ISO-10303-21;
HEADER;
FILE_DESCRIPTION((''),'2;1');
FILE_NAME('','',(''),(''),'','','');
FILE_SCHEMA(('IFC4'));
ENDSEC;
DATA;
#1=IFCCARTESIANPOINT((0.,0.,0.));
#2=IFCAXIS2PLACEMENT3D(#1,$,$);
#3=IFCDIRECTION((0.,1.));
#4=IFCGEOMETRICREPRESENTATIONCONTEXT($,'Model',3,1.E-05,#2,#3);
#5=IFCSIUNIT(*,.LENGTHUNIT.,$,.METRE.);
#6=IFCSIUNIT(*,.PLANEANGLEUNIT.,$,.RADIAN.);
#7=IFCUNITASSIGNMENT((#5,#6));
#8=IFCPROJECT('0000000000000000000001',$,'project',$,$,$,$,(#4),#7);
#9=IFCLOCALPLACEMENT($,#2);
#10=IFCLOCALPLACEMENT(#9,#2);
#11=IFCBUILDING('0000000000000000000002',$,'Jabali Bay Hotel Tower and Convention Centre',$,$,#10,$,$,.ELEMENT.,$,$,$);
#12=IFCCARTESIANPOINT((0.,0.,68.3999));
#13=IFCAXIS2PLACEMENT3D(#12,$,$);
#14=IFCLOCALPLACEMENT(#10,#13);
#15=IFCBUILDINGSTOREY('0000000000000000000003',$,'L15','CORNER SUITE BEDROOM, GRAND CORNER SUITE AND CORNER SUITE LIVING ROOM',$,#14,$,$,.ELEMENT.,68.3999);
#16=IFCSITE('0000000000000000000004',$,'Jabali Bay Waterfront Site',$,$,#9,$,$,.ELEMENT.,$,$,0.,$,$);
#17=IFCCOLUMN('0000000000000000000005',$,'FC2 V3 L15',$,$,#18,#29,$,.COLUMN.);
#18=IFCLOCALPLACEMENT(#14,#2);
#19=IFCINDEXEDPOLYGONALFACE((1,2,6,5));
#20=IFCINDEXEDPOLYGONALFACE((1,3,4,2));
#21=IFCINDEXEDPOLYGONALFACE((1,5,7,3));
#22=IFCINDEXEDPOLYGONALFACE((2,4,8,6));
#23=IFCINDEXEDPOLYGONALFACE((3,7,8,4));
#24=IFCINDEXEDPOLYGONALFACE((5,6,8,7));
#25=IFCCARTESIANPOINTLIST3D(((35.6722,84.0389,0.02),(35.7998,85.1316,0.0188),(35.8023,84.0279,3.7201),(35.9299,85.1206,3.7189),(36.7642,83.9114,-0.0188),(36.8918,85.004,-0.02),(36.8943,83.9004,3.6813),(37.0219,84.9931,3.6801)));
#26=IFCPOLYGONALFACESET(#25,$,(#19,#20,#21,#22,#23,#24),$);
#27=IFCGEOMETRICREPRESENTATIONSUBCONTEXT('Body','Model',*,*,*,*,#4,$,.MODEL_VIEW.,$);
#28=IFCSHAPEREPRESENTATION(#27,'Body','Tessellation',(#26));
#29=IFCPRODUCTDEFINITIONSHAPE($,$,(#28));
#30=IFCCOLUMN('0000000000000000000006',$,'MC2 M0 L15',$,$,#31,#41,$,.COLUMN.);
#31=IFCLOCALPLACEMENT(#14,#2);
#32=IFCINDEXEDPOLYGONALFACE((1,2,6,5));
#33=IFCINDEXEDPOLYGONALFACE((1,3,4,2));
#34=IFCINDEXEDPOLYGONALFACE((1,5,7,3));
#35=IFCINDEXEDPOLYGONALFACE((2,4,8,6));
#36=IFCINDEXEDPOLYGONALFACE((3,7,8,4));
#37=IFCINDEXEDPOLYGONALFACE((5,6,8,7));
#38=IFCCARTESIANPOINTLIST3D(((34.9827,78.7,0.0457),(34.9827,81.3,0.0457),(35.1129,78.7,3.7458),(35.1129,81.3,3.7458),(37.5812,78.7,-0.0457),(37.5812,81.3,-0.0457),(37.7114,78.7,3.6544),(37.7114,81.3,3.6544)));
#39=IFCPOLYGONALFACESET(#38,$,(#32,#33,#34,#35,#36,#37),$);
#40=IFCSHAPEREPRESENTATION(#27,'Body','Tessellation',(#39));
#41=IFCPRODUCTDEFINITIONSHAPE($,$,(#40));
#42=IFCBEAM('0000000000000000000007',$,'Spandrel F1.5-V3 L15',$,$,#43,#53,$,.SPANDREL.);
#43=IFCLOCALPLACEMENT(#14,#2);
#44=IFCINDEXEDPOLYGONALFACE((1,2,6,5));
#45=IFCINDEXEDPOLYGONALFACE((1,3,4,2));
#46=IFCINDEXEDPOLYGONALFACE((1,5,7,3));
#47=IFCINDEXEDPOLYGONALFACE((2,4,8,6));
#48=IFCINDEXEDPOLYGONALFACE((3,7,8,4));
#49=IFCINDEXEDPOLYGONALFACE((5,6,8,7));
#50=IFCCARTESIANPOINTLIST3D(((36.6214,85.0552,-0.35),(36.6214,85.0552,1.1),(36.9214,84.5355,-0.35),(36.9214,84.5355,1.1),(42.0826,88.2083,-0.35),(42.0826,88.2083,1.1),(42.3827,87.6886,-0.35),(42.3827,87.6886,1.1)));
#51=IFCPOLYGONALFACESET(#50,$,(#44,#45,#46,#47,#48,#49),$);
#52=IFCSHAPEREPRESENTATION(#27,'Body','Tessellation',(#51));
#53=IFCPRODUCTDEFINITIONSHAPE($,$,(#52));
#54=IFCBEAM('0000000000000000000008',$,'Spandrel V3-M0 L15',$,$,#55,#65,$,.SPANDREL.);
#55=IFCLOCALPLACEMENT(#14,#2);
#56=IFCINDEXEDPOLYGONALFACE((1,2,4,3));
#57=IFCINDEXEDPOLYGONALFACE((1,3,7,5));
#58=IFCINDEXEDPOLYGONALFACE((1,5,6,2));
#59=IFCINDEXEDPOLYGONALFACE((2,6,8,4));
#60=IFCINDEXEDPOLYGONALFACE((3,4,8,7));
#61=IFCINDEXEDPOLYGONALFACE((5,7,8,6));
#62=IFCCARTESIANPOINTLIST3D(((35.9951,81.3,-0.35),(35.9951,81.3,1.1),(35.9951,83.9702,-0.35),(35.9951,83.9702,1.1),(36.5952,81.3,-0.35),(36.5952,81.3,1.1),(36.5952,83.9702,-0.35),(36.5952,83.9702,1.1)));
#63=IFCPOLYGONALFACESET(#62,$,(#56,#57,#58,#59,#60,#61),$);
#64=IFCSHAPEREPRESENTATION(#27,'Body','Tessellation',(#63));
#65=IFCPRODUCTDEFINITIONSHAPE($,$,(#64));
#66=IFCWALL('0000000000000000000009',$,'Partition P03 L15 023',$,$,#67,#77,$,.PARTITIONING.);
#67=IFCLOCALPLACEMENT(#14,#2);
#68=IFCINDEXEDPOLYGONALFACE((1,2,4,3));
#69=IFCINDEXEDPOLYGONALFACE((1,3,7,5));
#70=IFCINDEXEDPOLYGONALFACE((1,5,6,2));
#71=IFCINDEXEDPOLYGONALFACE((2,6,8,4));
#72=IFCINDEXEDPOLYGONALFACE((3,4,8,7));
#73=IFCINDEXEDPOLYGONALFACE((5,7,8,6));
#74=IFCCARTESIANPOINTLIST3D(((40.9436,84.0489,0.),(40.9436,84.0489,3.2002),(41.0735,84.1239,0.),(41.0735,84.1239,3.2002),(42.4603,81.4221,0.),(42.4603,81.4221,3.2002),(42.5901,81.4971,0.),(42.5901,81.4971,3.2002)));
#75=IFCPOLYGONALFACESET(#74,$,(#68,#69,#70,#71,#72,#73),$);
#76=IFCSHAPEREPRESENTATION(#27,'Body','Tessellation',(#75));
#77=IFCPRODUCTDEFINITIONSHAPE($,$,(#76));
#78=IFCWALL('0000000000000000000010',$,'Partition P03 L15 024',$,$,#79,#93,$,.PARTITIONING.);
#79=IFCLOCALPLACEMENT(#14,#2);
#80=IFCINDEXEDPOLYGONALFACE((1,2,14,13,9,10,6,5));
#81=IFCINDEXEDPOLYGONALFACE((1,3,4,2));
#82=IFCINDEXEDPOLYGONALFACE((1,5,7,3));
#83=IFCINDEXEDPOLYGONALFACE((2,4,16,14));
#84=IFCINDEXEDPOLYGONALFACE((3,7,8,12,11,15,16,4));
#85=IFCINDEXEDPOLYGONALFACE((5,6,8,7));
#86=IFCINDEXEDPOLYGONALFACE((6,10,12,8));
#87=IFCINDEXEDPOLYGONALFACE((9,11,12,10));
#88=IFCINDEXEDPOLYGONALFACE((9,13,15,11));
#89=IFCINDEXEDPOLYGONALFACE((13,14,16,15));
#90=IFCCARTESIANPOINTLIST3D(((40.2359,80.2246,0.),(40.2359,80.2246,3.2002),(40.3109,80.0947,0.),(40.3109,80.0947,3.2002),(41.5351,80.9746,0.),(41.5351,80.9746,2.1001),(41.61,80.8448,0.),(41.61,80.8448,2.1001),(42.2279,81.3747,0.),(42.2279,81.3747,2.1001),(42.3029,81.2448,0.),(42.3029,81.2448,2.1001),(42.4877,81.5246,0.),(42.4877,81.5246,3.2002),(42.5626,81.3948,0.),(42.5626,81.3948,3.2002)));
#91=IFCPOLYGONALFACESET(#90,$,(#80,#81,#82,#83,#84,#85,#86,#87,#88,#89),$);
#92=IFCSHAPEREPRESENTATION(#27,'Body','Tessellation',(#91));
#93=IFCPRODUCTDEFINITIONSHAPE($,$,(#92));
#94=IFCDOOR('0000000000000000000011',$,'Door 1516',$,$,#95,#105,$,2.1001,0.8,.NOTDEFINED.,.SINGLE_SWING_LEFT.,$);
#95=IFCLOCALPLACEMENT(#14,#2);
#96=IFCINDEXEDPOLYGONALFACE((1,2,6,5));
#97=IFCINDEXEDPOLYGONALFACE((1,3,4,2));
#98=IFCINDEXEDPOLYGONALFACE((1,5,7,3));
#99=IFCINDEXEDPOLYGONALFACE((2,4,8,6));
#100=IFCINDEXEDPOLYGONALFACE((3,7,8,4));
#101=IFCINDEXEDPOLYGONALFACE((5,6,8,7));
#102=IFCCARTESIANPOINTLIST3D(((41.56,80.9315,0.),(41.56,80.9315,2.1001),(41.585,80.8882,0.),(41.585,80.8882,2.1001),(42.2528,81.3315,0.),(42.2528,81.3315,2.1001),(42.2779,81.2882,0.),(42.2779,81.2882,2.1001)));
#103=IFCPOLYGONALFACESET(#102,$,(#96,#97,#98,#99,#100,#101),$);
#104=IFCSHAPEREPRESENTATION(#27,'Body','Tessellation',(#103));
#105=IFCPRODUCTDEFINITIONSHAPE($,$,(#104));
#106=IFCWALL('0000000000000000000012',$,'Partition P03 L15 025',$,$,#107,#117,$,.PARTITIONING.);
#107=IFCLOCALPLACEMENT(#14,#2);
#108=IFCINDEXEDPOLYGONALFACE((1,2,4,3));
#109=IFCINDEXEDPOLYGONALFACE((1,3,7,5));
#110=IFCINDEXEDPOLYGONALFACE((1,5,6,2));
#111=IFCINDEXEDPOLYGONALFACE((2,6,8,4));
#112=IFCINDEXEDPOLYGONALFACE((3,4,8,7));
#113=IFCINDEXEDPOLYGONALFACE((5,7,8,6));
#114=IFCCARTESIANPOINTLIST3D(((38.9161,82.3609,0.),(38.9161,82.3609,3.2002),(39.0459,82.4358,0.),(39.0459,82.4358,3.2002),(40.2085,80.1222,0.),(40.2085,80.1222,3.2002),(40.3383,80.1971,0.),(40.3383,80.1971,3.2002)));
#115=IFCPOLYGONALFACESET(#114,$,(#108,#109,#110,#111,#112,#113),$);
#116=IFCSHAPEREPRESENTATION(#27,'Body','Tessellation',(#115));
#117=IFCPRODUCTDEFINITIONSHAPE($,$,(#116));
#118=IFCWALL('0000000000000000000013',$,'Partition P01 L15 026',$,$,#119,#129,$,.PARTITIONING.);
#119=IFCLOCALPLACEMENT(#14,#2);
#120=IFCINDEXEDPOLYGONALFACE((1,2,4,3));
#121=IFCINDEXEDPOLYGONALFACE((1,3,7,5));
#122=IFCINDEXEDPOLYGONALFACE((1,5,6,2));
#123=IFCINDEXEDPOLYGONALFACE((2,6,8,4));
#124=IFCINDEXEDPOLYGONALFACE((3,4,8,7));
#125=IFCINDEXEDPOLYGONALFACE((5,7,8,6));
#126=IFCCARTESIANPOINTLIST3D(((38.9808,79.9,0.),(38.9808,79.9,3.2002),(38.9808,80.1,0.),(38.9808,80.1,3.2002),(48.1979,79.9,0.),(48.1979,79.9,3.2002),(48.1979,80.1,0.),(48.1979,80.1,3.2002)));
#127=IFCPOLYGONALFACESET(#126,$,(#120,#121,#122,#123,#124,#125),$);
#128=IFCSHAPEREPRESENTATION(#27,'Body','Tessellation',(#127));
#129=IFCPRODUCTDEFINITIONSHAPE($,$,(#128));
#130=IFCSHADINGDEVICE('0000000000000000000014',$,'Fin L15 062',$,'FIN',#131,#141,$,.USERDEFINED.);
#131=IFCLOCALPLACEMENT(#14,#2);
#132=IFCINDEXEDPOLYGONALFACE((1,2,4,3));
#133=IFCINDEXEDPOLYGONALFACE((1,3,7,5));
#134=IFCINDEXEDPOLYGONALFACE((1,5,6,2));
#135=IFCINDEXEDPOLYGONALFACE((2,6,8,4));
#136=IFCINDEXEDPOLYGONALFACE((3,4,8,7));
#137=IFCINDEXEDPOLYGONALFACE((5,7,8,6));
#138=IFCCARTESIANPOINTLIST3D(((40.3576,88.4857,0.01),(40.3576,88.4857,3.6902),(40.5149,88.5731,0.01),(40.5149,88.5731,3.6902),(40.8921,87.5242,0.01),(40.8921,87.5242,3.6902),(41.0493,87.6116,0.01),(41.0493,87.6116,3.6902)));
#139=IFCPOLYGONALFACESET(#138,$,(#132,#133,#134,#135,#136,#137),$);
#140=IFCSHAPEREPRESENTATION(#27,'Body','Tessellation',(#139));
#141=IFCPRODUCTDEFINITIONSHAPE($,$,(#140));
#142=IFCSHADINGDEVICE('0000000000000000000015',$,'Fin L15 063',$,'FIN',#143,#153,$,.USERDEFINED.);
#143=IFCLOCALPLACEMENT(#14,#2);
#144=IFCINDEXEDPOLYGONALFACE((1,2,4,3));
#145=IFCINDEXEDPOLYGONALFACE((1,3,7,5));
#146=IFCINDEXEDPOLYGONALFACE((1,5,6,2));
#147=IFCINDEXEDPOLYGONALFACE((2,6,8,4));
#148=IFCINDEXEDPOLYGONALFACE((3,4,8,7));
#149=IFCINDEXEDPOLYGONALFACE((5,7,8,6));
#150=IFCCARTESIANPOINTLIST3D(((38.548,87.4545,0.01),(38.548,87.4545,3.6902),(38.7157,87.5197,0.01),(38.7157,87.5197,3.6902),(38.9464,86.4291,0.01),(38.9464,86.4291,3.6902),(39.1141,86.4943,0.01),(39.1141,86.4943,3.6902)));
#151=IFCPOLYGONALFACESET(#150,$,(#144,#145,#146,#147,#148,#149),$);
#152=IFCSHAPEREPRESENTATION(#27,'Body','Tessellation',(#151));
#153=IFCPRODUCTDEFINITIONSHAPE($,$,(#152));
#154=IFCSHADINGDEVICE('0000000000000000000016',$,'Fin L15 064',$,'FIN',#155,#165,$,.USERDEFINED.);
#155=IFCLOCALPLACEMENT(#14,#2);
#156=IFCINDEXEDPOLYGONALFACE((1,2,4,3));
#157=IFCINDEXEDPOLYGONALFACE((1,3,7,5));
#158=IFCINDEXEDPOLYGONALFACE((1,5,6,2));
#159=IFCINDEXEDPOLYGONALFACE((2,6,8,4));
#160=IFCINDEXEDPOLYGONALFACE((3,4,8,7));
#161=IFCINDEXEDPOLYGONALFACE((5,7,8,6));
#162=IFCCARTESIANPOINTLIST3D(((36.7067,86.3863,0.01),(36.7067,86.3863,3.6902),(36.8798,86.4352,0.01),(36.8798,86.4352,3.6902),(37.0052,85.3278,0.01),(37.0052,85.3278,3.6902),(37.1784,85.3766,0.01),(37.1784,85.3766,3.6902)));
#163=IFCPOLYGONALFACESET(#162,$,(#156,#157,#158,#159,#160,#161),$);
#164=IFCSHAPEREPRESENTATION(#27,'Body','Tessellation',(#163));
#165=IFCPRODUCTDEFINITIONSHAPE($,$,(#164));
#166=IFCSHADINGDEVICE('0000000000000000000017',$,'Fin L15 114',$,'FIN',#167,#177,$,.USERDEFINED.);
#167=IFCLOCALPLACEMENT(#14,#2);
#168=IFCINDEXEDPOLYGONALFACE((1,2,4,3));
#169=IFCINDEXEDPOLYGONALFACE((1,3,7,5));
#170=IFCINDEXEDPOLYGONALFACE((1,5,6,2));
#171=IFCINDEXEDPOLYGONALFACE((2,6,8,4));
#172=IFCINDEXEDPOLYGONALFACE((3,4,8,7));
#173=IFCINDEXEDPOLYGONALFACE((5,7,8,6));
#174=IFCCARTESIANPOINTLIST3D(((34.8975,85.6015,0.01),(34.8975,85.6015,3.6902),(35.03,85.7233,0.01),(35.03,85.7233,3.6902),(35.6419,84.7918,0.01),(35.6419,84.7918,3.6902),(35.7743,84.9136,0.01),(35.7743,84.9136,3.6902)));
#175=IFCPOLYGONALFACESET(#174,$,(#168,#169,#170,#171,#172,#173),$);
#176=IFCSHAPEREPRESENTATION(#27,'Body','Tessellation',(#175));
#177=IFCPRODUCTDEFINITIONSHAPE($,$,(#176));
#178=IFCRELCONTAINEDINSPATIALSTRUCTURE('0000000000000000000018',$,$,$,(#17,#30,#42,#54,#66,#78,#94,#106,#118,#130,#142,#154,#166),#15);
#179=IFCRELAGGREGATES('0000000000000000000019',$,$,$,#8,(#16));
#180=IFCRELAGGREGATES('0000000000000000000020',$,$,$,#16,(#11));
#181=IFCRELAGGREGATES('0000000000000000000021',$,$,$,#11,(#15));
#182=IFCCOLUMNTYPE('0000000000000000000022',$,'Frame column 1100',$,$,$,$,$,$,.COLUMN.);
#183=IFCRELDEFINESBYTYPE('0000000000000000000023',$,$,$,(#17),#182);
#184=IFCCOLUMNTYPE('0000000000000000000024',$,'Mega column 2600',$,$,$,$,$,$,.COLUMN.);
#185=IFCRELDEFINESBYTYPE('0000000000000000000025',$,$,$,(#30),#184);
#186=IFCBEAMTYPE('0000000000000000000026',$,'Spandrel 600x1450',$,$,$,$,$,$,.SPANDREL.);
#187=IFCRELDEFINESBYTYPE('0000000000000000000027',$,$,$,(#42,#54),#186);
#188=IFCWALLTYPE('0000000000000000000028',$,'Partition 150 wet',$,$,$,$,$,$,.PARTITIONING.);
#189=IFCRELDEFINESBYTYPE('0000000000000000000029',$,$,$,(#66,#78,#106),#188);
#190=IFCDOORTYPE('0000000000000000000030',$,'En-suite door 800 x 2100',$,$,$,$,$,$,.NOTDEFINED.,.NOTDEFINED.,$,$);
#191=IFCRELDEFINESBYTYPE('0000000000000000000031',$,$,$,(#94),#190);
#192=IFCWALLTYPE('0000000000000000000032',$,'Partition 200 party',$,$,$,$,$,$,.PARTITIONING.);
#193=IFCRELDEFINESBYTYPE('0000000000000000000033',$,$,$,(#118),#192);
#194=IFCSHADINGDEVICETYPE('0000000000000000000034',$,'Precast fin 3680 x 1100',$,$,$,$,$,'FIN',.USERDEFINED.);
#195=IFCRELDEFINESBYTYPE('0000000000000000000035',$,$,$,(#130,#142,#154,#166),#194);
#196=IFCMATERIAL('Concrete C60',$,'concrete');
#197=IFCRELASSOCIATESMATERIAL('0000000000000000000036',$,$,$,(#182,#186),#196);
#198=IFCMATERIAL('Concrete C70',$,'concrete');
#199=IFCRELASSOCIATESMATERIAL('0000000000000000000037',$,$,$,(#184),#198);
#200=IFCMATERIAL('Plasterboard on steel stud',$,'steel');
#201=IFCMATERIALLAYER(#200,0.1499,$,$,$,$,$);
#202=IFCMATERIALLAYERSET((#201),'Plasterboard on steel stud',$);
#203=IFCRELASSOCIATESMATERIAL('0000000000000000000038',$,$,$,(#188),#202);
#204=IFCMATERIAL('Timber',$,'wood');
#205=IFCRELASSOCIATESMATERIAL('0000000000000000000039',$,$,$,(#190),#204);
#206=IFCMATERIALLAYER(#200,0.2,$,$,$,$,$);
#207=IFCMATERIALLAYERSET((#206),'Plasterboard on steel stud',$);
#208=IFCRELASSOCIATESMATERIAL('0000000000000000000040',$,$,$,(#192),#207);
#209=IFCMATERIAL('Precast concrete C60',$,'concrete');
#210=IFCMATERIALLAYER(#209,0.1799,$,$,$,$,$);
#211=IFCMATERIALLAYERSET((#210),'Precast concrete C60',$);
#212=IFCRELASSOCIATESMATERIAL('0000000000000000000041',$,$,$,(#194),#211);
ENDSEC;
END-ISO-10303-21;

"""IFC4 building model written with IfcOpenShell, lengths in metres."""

from ifc_helpers import new_model, si_unit, direction, frame, frame_2d, origin, origin_2d, place, context, subcontext, project, spatial, rectangle, extrude, material, layer, layer_set, material_profile, profile_set, type_object, element, fill, save


model = new_model("IFC4")

# Units and contexts
model_context = context("Model", 3, precision=1e-05, world=origin(), true_north=direction((0.0, 1.0)))
body_context = subcontext(model_context, "Body", "Model", "MODEL_VIEW")
ifc_project = project(units=[si_unit("LENGTHUNIT", "METRE"), si_unit("PLANEANGLEUNIT", "RADIAN")], contexts=[model_context])

# Site, building, storey
site_placement = place(None, origin())
site = spatial("IfcSite", under=ifc_project, at=site_placement, Name="Jabali Bay Waterfront Site", CompositionType="ELEMENT", RefElevation=0.0)
building_placement = place(site_placement, origin())
building = spatial("IfcBuilding", under=site, at=building_placement, Name="Jabali Bay Hotel Tower and Convention Centre", CompositionType="ELEMENT")
storey_placement = place(building_placement, frame((0.0, 0.0, 68.3999)))
storey = spatial("IfcBuildingStorey", under=building, at=storey_placement, Name="L15", Description="CORNER SUITE BEDROOM, GRAND CORNER SUITE AND CORNER SUITE LIVING ROOM", CompositionType="ELEMENT", Elevation=68.3999)

# Columns
ifc_material_1 = material(Name="Concrete C60", Category="concrete")
ifc_material_profile_1 = material_profile(ifc_material_1, rectangle(XDim=1.1001, YDim=1.1001, at=origin_2d()), Name="Frame column 1100")
ifc_profile_set_1 = profile_set([ifc_material_profile_1], Name="Concrete C60")
column_type_1 = type_object("IfcColumnType", Name="Frame column 1100", PredefinedType="COLUMN", material=ifc_profile_set_1)
column_1_placement = place(storey_placement, frame((36.282, 84.5215, 0.0), z_axis=(0.035146, -0.002967, 0.999378), x_axis=(-0.992631, 0.115939, 0.035253)))
element("IfcColumn", 1, at=column_1_placement, inside=storey, type_object=column_type_1, Name="FC2 V3 L15", PredefinedType="COLUMN", context=body_context, shape_type="SweptSolid", body=[
    extrude(rectangle(XDim=1.1001, YDim=1.1001, at=origin_2d()), origin(), (0.0, 0.0, 1.0), 3.7024),
])
ifc_material_2 = material(Name="Concrete C70", Category="concrete")
ifc_material_profile_2 = material_profile(ifc_material_2, rectangle(XDim=2.6001, YDim=2.6001, at=origin_2d()), Name="Mega column 2600")
ifc_profile_set_2 = profile_set([ifc_material_profile_2], Name="Concrete C70")
column_type_2 = type_object("IfcColumnType", Name="Mega column 2600", PredefinedType="COLUMN", material=ifc_profile_set_2)
column_2_placement = place(storey_placement, frame((36.282, 80.0, 0.0), z_axis=(0.035146, 0.0, 0.999382), x_axis=(0.0, 1.0, 0.0)))
element("IfcColumn", 2, at=column_2_placement, inside=storey, type_object=column_type_2, Name="MC2 M0 L15", PredefinedType="COLUMN", context=body_context, shape_type="SweptSolid", body=[
    extrude(rectangle(XDim=2.6001, YDim=2.6001, at=origin_2d()), origin(), (0.0, 0.0, 1.0), 3.7024),
])

# Beams
ifc_material_profile_3 = material_profile(ifc_material_1, rectangle(XDim=0.6001, YDim=1.45, at=origin_2d()), Name="Spandrel 600x1450")
ifc_profile_set_3 = profile_set([ifc_material_profile_3], Name="Concrete C60")
beam_type = type_object("IfcBeamType", Name="Spandrel 600x1450", PredefinedType="SPANDREL", material=ifc_profile_set_3)
beam_1_placement = place(storey_placement, frame((42.2327, 87.9485, 0.375), z_axis=(-0.866021, -0.500007, 0.0), x_axis=(0.500007, -0.866021, 0.0)))
element("IfcBeam", 3, at=beam_1_placement, inside=storey, type_object=beam_type, Name="Spandrel F1.5-V3 L15", PredefinedType="SPANDREL", context=body_context, shape_type="SweptSolid", body=[
    extrude(rectangle(XDim=0.6001, YDim=1.45, at=origin_2d()), origin(), (0.0, 0.0, 1.0), 6.3062),
])
beam_2_placement = place(storey_placement, frame((36.2952, 83.9702, 0.375), z_axis=(0.0, -1.0, 0.0), x_axis=(1.0, 0.0, 0.0)))
element("IfcBeam", 4, at=beam_2_placement, inside=storey, type_object=beam_type, Name="Spandrel V3-M0 L15", PredefinedType="SPANDREL", context=body_context, shape_type="SweptSolid", body=[
    extrude(rectangle(XDim=0.6001, YDim=1.45, at=origin_2d()), origin(), (0.0, 0.0, 1.0), 2.6702),
])

# Wall
ifc_material_3 = material(Name="Plasterboard on steel stud", Category="steel")
ifc_layer_1 = layer(ifc_material_3, 0.1499)
ifc_layer_set_1 = layer_set([ifc_layer_1], Name="Plasterboard on steel stud")
wall_type_1 = type_object("IfcWallType", Name="Partition 150 wet", PredefinedType="PARTITIONING", material=ifc_layer_set_1)
wall_1_placement = place(storey_placement, frame((41.0085, 84.0864, 0.0), z_axis=(0.0, 0.0, 1.0), x_axis=(0.500017, -0.866015, 0.0)))
element("IfcWall", 5, at=wall_1_placement, inside=storey, type_object=wall_type_1, Name="Partition P03 L15 023", PredefinedType="PARTITIONING", context=body_context, shape_type="SweptSolid", body=[
    extrude(rectangle(XDim=3.0332, YDim=0.1499, at=frame_2d((1.5166, 0.0))), origin(), (0.0, 0.0, 1.0), 3.2002),
])

# Wall, opening, door
wall_2_placement = place(storey_placement, frame((42.5251, 81.4597, 0.0), z_axis=(0.0, 0.0, 1.0), x_axis=(-0.866021, -0.500007, 0.0)))
wall_2 = element("IfcWall", 6, at=wall_2_placement, inside=storey, type_object=wall_type_1, Name="Partition P03 L15 024", PredefinedType="PARTITIONING", context=body_context, shape_type="SweptSolid", body=[
    extrude(rectangle(XDim=2.6001, YDim=0.1499, at=frame_2d((1.3, 0.0))), origin(), (0.0, 0.0, 1.0), 3.2002),
])
opening_1_placement = place(wall_2_placement, frame((0.3, 0.0, 0.0)))
opening_1 = element("IfcOpeningElement", 7, at=opening_1_placement, cuts=wall_2, PredefinedType="OPENING", context=body_context, shape_type="SweptSolid", body=[
    extrude(rectangle(XDim=0.8, YDim=2.1001, at=frame_2d((0.3999, 1.05))), frame((0.0, 0.0854, 0.0), z_axis=(0.0, -1.0, 0.0), x_axis=(1.0, 0.0, 0.0)), (0.0, 0.0, 1.0), 0.1709),
])
ifc_material_4 = material(Name="Timber", Category="wood")
door_type_1 = type_object("IfcDoorType", Name="En-suite door 800 x 2100", OperationType="NOTDEFINED", PredefinedType="NOTDEFINED", material=ifc_material_4)
door_1_placement = place(opening_1_placement, origin())
door_1 = element("IfcDoor", 8, at=door_1_placement, inside=storey, type_object=door_type_1, Name="Door 1516", OperationType="SINGLE_SWING_LEFT", OverallHeight=2.1001, OverallWidth=0.8, PredefinedType="NOTDEFINED", context=body_context, shape_type="SweptSolid", body=[
    extrude(rectangle(XDim=0.8, YDim=2.1001, at=frame_2d((0.3999, 1.05))), frame((0.0, 0.0249, 0.0), z_axis=(0.0, -1.0, 0.0), x_axis=(1.0, 0.0, 0.0)), (0.0, 0.0, 1.0), 0.05),
])
fill(opening_1, door_1)

# Walls
wall_3_placement = place(storey_placement, frame((40.2734, 80.1597, 0.0), z_axis=(0.0, 0.0, 1.0), x_axis=(-0.499979, 0.866038, 0.0)))
element("IfcWall", 9, at=wall_3_placement, inside=storey, type_object=wall_type_1, Name="Partition P03 L15 025", PredefinedType="PARTITIONING", context=body_context, shape_type="SweptSolid", body=[
    extrude(rectangle(XDim=2.585, YDim=0.1499, at=frame_2d((1.2925, 0.0))), origin(), (0.0, 0.0, 1.0), 3.2002),
])
ifc_layer_2 = layer(ifc_material_3, 0.2)
ifc_layer_set_2 = layer_set([ifc_layer_2], Name="Plasterboard on steel stud")
wall_type_2 = type_object("IfcWallType", Name="Partition 200 party", PredefinedType="PARTITIONING", material=ifc_layer_set_2)
wall_4_placement = place(storey_placement, frame((38.981, 80.0, 0.0), z_axis=(0.0, 0.0, 1.0), x_axis=(1.0, 0.0, 0.0)))
element("IfcWall", 10, at=wall_4_placement, inside=storey, type_object=wall_type_2, Name="Partition P01 L15 026", PredefinedType="PARTITIONING", context=body_context, shape_type="SweptSolid", body=[
    extrude(rectangle(XDim=9.217, YDim=0.2, at=frame_2d((4.6084, 0.0))), origin(), (0.0, 0.0, 1.0), 3.2002),
])

# Shading devices
ifc_material_5 = material(Name="Precast concrete C60", Category="concrete")
ifc_layer_3 = layer(ifc_material_5, 0.1799)
ifc_layer_set_3 = layer_set([ifc_layer_3], Name="Precast concrete C60")
shading_device_type_1 = type_object("IfcShadingDeviceType", Name="Precast fin 3680 x 1100", ElementType="FIN", PredefinedType="USERDEFINED", material=ifc_layer_set_3)
for number, where, z_axis, x_axis, name in (
    (11, (40.9707, 87.5679, 0.01), (0.0, 0.0, 1.0), (-0.48585, 0.874042, 0.0), "Fin L15 062"),
    (12, (39.0303, 86.4617, 0.01), (0.0, 0.0, 1.0), (-0.362189, 0.932105, 0.0), "Fin L15 063"),
):
    element("IfcShadingDevice", number, at=place(storey_placement, frame(where, z_axis=z_axis, x_axis=x_axis)), inside=storey, type_object=shading_device_type_1, Name=name, ObjectType="FIN", PredefinedType="USERDEFINED", context=body_context, shape_type="SweptSolid", body=[
        extrude(rectangle(XDim=1.1001, YDim=0.1799, at=frame_2d((0.55, 0.0))), origin(), (0.0, 0.0, 1.0), 3.6802),
    ])
for number, where, z_axis, x_axis, name in (
    (13, (37.0918, 85.3523, 0.01), (0.0, 0.0, 1.0), (-0.271465, 0.962448, 0.0), "Fin L15 064"),
    (14, (35.708, 84.8528, 0.01), (0.0, 0.0, 1.0), (-0.676739, 0.736223, 0.0), "Fin L15 114"),
):
    element("IfcShadingDevice", number, at=place(storey_placement, frame(where, z_axis=z_axis, x_axis=x_axis)), inside=storey, type_object=shading_device_type_1, Name=name, ObjectType="FIN", PredefinedType="USERDEFINED", context=body_context, shape_type="SweptSolid", body=[
        extrude(rectangle(XDim=1.0999, YDim=0.1799, at=frame_2d((0.5498, 0.0))), origin(), (0.0, 0.0, 1.0), 3.6802),
    ])

save(model, "model.ifc")
